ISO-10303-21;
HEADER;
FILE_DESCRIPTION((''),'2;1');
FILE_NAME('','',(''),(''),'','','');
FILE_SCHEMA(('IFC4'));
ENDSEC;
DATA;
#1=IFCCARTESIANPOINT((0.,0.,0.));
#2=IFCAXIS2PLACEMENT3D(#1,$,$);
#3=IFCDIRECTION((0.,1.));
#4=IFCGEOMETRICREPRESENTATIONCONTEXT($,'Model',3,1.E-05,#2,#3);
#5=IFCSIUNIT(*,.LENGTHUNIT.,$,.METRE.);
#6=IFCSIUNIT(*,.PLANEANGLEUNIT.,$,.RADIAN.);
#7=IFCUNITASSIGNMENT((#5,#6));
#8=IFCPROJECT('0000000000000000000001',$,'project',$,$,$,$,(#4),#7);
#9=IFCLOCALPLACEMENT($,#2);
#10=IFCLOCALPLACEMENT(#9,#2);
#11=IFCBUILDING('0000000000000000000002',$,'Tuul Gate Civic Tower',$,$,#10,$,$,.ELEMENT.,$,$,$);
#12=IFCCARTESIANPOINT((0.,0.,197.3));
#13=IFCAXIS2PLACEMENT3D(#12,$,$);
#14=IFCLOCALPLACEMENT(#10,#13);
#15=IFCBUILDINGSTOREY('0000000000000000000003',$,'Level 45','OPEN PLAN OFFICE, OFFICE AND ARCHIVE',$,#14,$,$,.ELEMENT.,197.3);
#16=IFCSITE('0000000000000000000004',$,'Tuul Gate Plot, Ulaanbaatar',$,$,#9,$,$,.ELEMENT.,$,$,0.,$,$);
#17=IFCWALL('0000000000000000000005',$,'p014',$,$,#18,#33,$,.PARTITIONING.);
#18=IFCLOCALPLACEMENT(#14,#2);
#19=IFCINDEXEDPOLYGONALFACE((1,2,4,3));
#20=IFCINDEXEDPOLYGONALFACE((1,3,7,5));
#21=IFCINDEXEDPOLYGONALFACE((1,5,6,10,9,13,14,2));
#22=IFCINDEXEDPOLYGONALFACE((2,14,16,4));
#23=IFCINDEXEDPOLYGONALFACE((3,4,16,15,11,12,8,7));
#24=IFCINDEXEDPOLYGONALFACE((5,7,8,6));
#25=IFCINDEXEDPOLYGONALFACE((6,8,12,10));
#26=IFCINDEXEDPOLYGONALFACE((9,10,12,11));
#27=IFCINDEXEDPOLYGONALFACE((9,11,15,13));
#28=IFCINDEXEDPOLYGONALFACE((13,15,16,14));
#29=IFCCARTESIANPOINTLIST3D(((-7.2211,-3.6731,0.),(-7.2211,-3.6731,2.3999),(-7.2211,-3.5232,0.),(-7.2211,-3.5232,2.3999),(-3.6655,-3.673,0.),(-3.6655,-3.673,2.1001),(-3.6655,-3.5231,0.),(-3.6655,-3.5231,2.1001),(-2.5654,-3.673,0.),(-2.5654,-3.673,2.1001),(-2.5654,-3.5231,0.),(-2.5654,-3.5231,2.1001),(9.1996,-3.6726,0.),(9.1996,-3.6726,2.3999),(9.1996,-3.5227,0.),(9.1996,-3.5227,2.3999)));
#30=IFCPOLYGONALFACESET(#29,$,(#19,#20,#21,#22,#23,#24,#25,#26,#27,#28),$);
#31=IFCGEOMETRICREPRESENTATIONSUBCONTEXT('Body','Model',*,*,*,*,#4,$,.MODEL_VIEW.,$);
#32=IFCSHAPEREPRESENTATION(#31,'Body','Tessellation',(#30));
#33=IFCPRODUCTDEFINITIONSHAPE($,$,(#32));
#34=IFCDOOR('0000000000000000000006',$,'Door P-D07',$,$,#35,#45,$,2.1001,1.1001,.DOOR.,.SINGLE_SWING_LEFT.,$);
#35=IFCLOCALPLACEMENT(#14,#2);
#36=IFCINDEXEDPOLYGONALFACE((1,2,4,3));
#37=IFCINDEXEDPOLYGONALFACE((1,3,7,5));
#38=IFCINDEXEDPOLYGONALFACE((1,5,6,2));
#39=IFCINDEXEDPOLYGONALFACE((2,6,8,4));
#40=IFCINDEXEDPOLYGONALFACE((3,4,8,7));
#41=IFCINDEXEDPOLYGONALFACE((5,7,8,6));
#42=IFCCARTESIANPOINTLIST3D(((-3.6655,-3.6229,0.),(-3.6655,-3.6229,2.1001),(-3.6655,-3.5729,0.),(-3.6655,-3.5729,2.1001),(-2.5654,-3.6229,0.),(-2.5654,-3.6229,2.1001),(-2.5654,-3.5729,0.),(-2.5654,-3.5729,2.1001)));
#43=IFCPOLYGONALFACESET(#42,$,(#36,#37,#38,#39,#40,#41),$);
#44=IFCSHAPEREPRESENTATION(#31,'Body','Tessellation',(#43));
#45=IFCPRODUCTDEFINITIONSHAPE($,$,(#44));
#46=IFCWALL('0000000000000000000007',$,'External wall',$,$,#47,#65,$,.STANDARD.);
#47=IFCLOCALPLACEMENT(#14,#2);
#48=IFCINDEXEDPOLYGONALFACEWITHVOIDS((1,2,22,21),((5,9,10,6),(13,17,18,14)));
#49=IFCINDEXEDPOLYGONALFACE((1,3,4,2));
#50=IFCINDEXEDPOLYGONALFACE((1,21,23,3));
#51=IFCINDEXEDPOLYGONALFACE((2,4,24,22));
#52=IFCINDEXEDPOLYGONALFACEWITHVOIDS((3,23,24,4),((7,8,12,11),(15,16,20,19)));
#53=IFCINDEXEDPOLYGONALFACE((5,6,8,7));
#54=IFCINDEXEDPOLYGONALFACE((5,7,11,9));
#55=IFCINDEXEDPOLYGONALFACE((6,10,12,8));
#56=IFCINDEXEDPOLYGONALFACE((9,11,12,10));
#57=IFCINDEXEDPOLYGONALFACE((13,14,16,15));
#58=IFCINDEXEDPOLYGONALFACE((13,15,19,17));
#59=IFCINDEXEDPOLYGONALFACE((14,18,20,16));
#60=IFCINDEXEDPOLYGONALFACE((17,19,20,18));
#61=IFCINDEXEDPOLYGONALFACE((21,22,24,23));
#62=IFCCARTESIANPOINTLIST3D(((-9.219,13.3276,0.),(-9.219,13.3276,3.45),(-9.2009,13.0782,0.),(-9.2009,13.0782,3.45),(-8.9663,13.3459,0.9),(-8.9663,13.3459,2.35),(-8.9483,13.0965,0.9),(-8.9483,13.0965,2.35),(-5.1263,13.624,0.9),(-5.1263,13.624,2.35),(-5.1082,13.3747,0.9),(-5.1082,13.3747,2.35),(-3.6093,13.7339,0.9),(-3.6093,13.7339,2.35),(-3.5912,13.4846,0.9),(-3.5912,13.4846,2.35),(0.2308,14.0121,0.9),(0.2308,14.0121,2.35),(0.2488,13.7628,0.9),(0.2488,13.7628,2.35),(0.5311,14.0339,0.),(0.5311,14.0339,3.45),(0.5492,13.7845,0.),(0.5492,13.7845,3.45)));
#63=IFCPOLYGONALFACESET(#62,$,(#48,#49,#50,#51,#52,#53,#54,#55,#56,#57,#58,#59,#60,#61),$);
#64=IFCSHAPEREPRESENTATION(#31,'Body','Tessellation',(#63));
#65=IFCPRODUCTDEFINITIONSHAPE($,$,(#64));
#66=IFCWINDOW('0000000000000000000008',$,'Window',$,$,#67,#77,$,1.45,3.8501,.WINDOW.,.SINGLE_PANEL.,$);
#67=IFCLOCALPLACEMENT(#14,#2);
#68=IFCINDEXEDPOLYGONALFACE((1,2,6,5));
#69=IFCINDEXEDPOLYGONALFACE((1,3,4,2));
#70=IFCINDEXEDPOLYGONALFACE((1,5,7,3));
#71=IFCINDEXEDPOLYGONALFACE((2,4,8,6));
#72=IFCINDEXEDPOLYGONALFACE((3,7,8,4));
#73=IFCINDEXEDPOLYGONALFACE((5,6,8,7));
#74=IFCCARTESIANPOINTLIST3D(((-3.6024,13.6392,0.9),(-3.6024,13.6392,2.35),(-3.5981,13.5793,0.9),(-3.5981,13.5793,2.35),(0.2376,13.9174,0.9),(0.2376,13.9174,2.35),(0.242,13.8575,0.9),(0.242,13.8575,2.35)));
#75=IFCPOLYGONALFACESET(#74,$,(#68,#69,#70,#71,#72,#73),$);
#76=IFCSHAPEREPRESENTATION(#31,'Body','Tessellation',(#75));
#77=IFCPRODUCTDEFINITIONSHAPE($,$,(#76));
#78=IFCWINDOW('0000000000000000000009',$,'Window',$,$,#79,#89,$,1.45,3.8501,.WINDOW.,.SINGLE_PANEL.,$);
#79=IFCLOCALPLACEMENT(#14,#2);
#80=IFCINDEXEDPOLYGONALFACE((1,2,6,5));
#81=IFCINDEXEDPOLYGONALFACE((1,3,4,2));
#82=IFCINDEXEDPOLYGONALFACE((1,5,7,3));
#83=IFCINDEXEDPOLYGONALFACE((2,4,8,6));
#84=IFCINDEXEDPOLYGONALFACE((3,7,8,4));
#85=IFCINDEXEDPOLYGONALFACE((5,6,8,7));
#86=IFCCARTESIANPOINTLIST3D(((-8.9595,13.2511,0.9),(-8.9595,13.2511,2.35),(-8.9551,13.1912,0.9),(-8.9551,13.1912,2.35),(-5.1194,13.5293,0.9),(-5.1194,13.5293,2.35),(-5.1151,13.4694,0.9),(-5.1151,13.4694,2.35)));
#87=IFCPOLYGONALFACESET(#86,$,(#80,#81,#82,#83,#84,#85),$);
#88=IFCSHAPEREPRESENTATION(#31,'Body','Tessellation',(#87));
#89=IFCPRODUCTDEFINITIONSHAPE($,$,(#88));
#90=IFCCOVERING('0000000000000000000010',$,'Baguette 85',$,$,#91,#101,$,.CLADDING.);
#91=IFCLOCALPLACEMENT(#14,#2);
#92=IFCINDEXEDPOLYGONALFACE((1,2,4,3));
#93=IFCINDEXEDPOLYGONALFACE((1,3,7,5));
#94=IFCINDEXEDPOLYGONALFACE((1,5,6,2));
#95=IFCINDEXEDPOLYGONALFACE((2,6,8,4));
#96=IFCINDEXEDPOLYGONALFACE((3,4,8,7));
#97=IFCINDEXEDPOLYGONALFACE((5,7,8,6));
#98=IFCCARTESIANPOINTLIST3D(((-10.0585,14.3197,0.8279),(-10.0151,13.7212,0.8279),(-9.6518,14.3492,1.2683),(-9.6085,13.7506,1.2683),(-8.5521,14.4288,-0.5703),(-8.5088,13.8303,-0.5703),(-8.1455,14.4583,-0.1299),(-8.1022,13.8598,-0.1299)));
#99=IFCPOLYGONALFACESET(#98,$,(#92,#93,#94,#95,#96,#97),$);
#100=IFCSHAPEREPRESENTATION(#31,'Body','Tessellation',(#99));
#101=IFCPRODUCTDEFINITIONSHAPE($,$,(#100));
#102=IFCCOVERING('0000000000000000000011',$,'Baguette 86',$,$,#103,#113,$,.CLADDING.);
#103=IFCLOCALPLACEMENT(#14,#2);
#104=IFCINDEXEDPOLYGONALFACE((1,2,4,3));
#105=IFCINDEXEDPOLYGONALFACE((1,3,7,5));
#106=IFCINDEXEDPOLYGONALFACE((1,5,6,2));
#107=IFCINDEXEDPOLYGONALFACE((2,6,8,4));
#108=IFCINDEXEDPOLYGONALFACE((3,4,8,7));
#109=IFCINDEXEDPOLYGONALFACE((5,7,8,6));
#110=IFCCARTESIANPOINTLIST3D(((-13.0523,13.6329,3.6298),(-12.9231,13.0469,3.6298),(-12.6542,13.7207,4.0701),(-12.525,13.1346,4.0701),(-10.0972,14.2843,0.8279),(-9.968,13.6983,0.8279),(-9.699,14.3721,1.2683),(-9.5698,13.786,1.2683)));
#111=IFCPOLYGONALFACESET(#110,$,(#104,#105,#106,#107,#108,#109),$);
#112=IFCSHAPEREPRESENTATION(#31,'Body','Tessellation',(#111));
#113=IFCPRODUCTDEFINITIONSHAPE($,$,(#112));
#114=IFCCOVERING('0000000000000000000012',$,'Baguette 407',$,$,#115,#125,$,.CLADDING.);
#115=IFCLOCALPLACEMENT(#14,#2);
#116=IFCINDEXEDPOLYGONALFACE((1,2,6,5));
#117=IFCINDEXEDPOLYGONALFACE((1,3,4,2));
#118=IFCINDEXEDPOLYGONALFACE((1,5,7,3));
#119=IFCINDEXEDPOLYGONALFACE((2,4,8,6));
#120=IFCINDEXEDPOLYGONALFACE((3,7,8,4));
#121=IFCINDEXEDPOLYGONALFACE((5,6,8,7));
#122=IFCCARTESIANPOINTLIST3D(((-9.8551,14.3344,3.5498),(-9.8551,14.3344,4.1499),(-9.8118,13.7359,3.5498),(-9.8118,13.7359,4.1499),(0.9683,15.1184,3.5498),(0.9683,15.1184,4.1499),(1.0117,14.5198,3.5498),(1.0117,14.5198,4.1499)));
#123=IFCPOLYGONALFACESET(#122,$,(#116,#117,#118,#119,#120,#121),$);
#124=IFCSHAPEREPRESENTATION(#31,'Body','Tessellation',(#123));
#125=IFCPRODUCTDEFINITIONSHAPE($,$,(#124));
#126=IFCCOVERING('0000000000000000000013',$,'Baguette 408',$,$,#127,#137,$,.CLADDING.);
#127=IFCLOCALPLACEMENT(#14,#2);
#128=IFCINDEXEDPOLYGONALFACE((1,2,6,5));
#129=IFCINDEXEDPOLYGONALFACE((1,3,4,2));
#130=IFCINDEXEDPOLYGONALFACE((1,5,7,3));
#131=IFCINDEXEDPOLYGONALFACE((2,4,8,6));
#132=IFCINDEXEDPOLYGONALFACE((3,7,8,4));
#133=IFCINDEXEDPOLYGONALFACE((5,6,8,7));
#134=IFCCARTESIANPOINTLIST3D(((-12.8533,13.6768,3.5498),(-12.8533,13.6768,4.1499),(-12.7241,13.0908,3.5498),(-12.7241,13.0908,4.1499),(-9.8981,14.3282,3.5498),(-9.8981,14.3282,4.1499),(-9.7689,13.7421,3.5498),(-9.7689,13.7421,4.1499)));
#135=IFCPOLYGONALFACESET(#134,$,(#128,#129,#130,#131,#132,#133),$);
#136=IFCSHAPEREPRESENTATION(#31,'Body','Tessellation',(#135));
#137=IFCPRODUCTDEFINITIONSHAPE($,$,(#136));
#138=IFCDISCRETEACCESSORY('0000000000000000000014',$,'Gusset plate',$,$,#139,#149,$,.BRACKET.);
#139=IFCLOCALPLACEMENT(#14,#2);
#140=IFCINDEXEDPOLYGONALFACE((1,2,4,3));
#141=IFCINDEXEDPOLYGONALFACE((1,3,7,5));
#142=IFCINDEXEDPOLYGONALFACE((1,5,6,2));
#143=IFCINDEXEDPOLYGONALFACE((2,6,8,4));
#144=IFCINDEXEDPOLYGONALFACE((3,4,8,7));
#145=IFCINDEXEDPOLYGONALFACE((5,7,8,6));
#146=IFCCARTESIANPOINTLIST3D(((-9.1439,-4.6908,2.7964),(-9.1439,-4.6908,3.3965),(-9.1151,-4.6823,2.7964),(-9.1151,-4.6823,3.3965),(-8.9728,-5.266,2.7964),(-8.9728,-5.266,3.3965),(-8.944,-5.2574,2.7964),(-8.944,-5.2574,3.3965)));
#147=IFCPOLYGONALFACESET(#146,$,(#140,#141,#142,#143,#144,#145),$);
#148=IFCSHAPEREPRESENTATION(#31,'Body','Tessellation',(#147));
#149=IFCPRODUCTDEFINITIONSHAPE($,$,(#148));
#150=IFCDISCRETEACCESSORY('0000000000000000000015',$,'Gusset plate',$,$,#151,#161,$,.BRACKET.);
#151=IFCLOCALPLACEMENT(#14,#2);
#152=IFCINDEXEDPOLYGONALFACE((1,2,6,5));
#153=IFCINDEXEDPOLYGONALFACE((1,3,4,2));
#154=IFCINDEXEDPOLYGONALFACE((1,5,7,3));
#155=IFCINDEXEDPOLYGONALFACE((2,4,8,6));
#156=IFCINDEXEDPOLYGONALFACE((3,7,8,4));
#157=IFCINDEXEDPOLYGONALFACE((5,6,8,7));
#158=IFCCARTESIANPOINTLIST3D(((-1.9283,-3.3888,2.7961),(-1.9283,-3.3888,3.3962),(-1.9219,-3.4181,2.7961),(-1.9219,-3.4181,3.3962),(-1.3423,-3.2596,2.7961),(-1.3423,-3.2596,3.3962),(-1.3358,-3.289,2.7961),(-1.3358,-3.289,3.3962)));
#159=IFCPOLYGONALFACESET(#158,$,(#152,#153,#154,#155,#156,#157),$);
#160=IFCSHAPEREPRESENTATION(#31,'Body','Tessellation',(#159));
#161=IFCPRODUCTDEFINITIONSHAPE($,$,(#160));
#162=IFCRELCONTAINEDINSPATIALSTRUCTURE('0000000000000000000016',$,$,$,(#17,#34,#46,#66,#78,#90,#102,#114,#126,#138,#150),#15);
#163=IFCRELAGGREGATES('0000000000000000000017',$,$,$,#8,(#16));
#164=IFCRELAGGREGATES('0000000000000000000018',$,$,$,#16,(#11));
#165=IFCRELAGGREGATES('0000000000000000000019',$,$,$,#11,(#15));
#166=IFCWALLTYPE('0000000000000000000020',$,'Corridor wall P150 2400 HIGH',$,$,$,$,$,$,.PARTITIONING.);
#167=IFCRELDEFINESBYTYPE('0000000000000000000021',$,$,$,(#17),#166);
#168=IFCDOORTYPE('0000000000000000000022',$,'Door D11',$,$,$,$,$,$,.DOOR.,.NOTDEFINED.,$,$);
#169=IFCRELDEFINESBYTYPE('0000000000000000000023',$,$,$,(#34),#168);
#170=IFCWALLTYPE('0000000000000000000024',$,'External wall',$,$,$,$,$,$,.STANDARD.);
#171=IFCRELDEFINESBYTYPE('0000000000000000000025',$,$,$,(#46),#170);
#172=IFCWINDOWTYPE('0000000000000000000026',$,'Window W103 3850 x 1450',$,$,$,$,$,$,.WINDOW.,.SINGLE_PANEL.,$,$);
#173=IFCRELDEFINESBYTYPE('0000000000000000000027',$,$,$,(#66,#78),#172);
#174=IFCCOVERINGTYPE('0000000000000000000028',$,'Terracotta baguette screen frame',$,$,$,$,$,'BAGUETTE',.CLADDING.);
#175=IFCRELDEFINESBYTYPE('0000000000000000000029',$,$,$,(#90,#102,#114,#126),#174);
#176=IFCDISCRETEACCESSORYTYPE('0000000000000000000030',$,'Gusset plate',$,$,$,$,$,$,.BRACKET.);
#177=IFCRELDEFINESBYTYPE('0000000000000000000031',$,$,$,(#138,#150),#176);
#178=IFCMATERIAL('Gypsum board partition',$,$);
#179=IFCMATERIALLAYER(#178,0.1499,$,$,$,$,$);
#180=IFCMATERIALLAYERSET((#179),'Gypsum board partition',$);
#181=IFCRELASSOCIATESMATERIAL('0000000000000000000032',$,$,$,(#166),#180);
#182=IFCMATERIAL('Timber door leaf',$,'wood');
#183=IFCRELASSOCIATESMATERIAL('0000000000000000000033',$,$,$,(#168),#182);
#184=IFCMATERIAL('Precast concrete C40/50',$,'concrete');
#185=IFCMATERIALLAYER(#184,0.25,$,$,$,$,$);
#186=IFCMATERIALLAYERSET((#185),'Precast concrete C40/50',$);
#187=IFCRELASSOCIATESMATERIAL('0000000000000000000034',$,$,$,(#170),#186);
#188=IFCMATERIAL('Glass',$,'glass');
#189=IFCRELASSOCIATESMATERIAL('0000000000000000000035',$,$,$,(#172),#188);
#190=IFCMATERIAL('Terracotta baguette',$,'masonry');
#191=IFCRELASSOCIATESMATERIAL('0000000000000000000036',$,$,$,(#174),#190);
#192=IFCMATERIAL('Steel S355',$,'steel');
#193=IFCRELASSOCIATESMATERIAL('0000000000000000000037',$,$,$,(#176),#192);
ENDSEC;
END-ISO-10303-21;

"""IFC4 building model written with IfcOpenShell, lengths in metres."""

from ifc_helpers import new_model, si_unit, direction, frame, frame_2d, origin, origin_2d, place, context, subcontext, project, spatial, rectangle, extrude, material, layer, layer_set, material_profile, profile_set, type_object, element, fill, save


model = new_model("IFC4")

# Units and contexts
model_context = context("Model", 3, precision=1e-05, world=origin(), true_north=direction((0.0, 1.0)))
body_context = subcontext(model_context, "Body", "Model", "MODEL_VIEW")
ifc_project = project(units=[si_unit("LENGTHUNIT", "METRE"), si_unit("PLANEANGLEUNIT", "RADIAN")], contexts=[model_context])

# Site, building, storey
site_placement = place(None, origin())
site = spatial("IfcSite", under=ifc_project, at=site_placement, Name="Tuul Gate Plot, Ulaanbaatar", CompositionType="ELEMENT", RefElevation=0.0)
building_placement = place(site_placement, origin())
building = spatial("IfcBuilding", under=site, at=building_placement, Name="Tuul Gate Civic Tower", CompositionType="ELEMENT")
storey_placement = place(building_placement, frame((0.0, 0.0, 197.3)))
storey = spatial("IfcBuildingStorey", under=building, at=storey_placement, Name="Level 45", Description="OPEN PLAN OFFICE, OFFICE AND ARCHIVE", CompositionType="ELEMENT", Elevation=197.3)

# Wall, opening, door
ifc_material_1 = material(Name="Gypsum board partition")
ifc_layer_1 = layer(ifc_material_1, 0.1499)
ifc_layer_set_1 = layer_set([ifc_layer_1], Name="Gypsum board partition")
wall_type_1 = type_object("IfcWallType", Name="Corridor wall P150 2400 HIGH", PredefinedType="PARTITIONING", material=ifc_layer_set_1)
wall_1_placement = place(storey_placement, frame((-7.2212, -3.5981, 0.0), z_axis=(0.0, 0.0, 1.0), x_axis=(1.0, 0.00003, 0.0)))
wall_1 = element("IfcWall", 1, at=wall_1_placement, inside=storey, type_object=wall_type_1, Name="p014", PredefinedType="PARTITIONING", context=body_context, shape_type="SweptSolid", body=[
    extrude(rectangle(XDim=16.4207, YDim=0.1499, at=frame_2d((8.2104, 0.0))), origin(), (0.0, 0.0, 1.0), 2.3999),
])
opening_1_placement = place(wall_1_placement, frame((3.5557, 0.0, 0.0)))
opening_1 = element("IfcOpeningElement", 2, at=opening_1_placement, cuts=wall_1, PredefinedType="OPENING", context=body_context, shape_type="SweptSolid", body=[
    extrude(rectangle(XDim=1.1001, YDim=2.1001, at=frame_2d((0.55, 1.05))), frame((0.0, 0.085, 0.0), z_axis=(0.0, -1.0, 0.0), x_axis=(1.0, 0.0, 0.0)), (0.0, 0.0, 1.0), 0.1699),
])
ifc_material_2 = material(Name="Timber door leaf", Category="wood")
door_type = type_object("IfcDoorType", Name="Door D11", OperationType="NOTDEFINED", PredefinedType="DOOR", material=ifc_material_2)
door_placement = place(opening_1_placement, frame((1.1001, 0.0, 0.0), z_axis=(0.0, 0.0, 1.0), x_axis=(-1.0, 0.0, 0.0)))
door = element("IfcDoor", 3, at=door_placement, inside=storey, type_object=door_type, Name="Door P-D07", OperationType="SINGLE_SWING_LEFT", OverallHeight=2.1001, OverallWidth=1.1001, PredefinedType="DOOR", context=body_context, shape_type="SweptSolid", body=[
    extrude(rectangle(XDim=1.1001, YDim=2.1001, at=frame_2d((0.55, 1.05))), frame((0.0, 0.0249, 0.0), z_axis=(0.0, -1.0, 0.0), x_axis=(1.0, 0.0, 0.0)), (0.0, 0.0, 1.0), 0.05),
])
fill(opening_1, door)

# Wall, openings, windows
ifc_material_3 = material(Name="Precast concrete C40/50", Category="concrete")
ifc_layer_2 = layer(ifc_material_3, 0.25)
ifc_layer_set_2 = layer_set([ifc_layer_2], Name="Precast concrete C40/50")
wall_type_2 = type_object("IfcWallType", Name="External wall", PredefinedType="STANDARD", material=ifc_layer_set_2)
wall_2_placement = place(storey_placement, frame((0.54, 13.9092, 0.0), z_axis=(0.0, 0.0, 1.0), x_axis=(-0.997386, -0.072252, 0.0)))
wall_2 = element("IfcWall", 4, at=wall_2_placement, inside=storey, type_object=wall_type_2, Name="External wall", PredefinedType="STANDARD", context=body_context, shape_type="SweptSolid", body=[
    extrude(rectangle(XDim=9.7756, YDim=0.25, at=frame_2d((4.8877, 0.0))), origin(), (0.0, 0.0, 1.0), 3.45),
])
opening_2_placement = place(wall_2_placement, frame((0.301, 0.0, 0.8999)))
opening_2 = element("IfcOpeningElement", 5, at=opening_2_placement, cuts=wall_2, PredefinedType="OPENING", context=body_context, shape_type="SweptSolid", body=[
    extrude(rectangle(XDim=3.8501, YDim=1.45, at=frame_2d((1.925, 0.7251))), frame((0.0, 0.135, 0.0), z_axis=(0.0, -1.0, 0.0), x_axis=(1.0, 0.0, 0.0)), (0.0, 0.0, 1.0), 0.27),
])
opening_3_placement = place(wall_2_placement, frame((5.6721, 0.0, 0.8999)))
opening_3 = element("IfcOpeningElement", 6, at=opening_3_placement, cuts=wall_2, PredefinedType="OPENING", context=body_context, shape_type="SweptSolid", body=[
    extrude(rectangle(XDim=3.8501, YDim=1.45, at=frame_2d((1.925, 0.7251))), frame((0.0, 0.135, 0.0), z_axis=(0.0, -1.0, 0.0), x_axis=(1.0, 0.0, 0.0)), (0.0, 0.0, 1.0), 0.27),
])
ifc_material_4 = material(Name="Glass", Category="glass")
window_type = type_object("IfcWindowType", Name="Window W103 3850 x 1450", PartitioningType="SINGLE_PANEL", PredefinedType="WINDOW", material=ifc_material_4)
window_1_placement = place(opening_2_placement, origin())
window_1 = element("IfcWindow", 7, at=window_1_placement, inside=storey, type_object=window_type, Name="Window", OverallHeight=1.45, OverallWidth=3.8501, PartitioningType="SINGLE_PANEL", PredefinedType="WINDOW", context=body_context, shape_type="SweptSolid", body=[
    extrude(rectangle(XDim=3.8501, YDim=1.45, at=frame_2d((1.925, 0.7251))), frame((0.0, 0.03, 0.0), z_axis=(0.0, -1.0, 0.0), x_axis=(1.0, 0.0, 0.0)), (0.0, 0.0, 1.0), 0.0601),
])
fill(opening_2, window_1)
window_2_placement = place(opening_3_placement, origin())
window_2 = element("IfcWindow", 8, at=window_2_placement, inside=storey, type_object=window_type, Name="Window", OverallHeight=1.45, OverallWidth=3.8501, PartitioningType="SINGLE_PANEL", PredefinedType="WINDOW", context=body_context, shape_type="SweptSolid", body=[
    extrude(rectangle(XDim=3.8501, YDim=1.45, at=frame_2d((1.925, 0.7251))), frame((0.0, 0.03, 0.0), z_axis=(0.0, -1.0, 0.0), x_axis=(1.0, 0.0, 0.0)), (0.0, 0.0, 1.0), 0.0601),
])
fill(opening_3, window_2)

# Coverings
ifc_material_5 = material(Name="Terracotta baguette", Category="masonry")
ifc_material_profile_1 = material_profile(ifc_material_5, rectangle(XDim=0.6001, YDim=0.6001, at=origin_2d()), Name="Terracotta baguette screen frame")
ifc_profile_set_1 = profile_set([ifc_material_profile_1], Name="Terracotta baguette")
covering_type = type_object("IfcCoveringType", Name="Terracotta baguette screen frame", ElementType="BAGUETTE", PredefinedType="CLADDING", material=ifc_profile_set_1)
covering_1_placement = place(storey_placement, frame((-8.3271, 14.1443, -0.3501), z_axis=(-0.731898, -0.053024, 0.679348), x_axis=(0.072258, -0.997386, 0.0)))
element("IfcCovering", 9, at=covering_1_placement, inside=storey, type_object=covering_type, Name="Baguette 85", PredefinedType="CLADDING", context=body_context, shape_type="SweptSolid", body=[
    extrude(rectangle(XDim=0.6001, YDim=0.6001, at=origin_2d()), origin(), (0.0, 0.0, 1.0), 2.0581),
])
covering_2_placement = place(storey_placement, frame((-9.8335, 14.0352, 1.0481), z_axis=(-0.716572, -0.157949, 0.679394), x_axis=(0.215256, -0.976558, 0.0)))
element("IfcCovering", 10, at=covering_2_placement, inside=storey, type_object=covering_type, Name="Baguette 86", PredefinedType="CLADDING", context=body_context, shape_type="SweptSolid", body=[
    extrude(rectangle(XDim=0.6001, YDim=0.6001, at=origin_2d()), origin(), (0.0, 0.0, 1.0), 4.124),
])
covering_3_placement = place(storey_placement, frame((0.99, 14.8191, 3.8499), z_axis=(-0.997387, -0.07224, 0.0), x_axis=(0.07224, -0.997387, 0.0)))
element("IfcCovering", 11, at=covering_3_placement, inside=storey, type_object=covering_type, Name="Baguette 407", PredefinedType="CLADDING", context=body_context, shape_type="SweptSolid", body=[
    extrude(rectangle(XDim=0.6001, YDim=0.6001, at=origin_2d()), origin(), (0.0, 0.0, 1.0), 10.8518),
])
covering_4_placement = place(storey_placement, frame((-9.8335, 14.0352, 3.8499), z_axis=(-0.976558, -0.215256, 0.0), x_axis=(0.215256, -0.976558, 0.0)))
element("IfcCovering", 12, at=covering_4_placement, inside=storey, type_object=covering_type, Name="Baguette 408", PredefinedType="CLADDING", context=body_context, shape_type="SweptSolid", body=[
    extrude(rectangle(XDim=0.6001, YDim=0.6001, at=origin_2d()), origin(), (0.0, 0.0, 1.0), 3.0261),
])

# Discrete accessories
ifc_material_6 = material(Name="Steel S355", Category="steel")
discrete_accessory_type = type_object("IfcDiscreteAccessoryType", Name="Gusset plate", PredefinedType="BRACKET", material=ifc_material_6)
for number, where, z_axis, x_axis, name in (
    (13, (-9.0439, -4.9741, 2.7964), (0.0, 0.0, 1.0), (-0.285212, 0.958464, 0.0), "Gusset plate"),
    (14, (-1.6321, -3.3389, 2.7961), (0.0, 0.0, 1.0), (-0.976564, -0.215229, 0.0), "Gusset plate"),
):
    element("IfcDiscreteAccessory", number, at=place(storey_placement, frame(where, z_axis=z_axis, x_axis=x_axis)), inside=storey, type_object=discrete_accessory_type, Name=name, PredefinedType="BRACKET", context=body_context, shape_type="SweptSolid", body=[
        extrude(rectangle(XDim=0.6001, YDim=0.03, at=origin_2d()), origin(), (0.0, 0.0, 1.0), 0.6001),
    ])

save(model, "model.ifc")
